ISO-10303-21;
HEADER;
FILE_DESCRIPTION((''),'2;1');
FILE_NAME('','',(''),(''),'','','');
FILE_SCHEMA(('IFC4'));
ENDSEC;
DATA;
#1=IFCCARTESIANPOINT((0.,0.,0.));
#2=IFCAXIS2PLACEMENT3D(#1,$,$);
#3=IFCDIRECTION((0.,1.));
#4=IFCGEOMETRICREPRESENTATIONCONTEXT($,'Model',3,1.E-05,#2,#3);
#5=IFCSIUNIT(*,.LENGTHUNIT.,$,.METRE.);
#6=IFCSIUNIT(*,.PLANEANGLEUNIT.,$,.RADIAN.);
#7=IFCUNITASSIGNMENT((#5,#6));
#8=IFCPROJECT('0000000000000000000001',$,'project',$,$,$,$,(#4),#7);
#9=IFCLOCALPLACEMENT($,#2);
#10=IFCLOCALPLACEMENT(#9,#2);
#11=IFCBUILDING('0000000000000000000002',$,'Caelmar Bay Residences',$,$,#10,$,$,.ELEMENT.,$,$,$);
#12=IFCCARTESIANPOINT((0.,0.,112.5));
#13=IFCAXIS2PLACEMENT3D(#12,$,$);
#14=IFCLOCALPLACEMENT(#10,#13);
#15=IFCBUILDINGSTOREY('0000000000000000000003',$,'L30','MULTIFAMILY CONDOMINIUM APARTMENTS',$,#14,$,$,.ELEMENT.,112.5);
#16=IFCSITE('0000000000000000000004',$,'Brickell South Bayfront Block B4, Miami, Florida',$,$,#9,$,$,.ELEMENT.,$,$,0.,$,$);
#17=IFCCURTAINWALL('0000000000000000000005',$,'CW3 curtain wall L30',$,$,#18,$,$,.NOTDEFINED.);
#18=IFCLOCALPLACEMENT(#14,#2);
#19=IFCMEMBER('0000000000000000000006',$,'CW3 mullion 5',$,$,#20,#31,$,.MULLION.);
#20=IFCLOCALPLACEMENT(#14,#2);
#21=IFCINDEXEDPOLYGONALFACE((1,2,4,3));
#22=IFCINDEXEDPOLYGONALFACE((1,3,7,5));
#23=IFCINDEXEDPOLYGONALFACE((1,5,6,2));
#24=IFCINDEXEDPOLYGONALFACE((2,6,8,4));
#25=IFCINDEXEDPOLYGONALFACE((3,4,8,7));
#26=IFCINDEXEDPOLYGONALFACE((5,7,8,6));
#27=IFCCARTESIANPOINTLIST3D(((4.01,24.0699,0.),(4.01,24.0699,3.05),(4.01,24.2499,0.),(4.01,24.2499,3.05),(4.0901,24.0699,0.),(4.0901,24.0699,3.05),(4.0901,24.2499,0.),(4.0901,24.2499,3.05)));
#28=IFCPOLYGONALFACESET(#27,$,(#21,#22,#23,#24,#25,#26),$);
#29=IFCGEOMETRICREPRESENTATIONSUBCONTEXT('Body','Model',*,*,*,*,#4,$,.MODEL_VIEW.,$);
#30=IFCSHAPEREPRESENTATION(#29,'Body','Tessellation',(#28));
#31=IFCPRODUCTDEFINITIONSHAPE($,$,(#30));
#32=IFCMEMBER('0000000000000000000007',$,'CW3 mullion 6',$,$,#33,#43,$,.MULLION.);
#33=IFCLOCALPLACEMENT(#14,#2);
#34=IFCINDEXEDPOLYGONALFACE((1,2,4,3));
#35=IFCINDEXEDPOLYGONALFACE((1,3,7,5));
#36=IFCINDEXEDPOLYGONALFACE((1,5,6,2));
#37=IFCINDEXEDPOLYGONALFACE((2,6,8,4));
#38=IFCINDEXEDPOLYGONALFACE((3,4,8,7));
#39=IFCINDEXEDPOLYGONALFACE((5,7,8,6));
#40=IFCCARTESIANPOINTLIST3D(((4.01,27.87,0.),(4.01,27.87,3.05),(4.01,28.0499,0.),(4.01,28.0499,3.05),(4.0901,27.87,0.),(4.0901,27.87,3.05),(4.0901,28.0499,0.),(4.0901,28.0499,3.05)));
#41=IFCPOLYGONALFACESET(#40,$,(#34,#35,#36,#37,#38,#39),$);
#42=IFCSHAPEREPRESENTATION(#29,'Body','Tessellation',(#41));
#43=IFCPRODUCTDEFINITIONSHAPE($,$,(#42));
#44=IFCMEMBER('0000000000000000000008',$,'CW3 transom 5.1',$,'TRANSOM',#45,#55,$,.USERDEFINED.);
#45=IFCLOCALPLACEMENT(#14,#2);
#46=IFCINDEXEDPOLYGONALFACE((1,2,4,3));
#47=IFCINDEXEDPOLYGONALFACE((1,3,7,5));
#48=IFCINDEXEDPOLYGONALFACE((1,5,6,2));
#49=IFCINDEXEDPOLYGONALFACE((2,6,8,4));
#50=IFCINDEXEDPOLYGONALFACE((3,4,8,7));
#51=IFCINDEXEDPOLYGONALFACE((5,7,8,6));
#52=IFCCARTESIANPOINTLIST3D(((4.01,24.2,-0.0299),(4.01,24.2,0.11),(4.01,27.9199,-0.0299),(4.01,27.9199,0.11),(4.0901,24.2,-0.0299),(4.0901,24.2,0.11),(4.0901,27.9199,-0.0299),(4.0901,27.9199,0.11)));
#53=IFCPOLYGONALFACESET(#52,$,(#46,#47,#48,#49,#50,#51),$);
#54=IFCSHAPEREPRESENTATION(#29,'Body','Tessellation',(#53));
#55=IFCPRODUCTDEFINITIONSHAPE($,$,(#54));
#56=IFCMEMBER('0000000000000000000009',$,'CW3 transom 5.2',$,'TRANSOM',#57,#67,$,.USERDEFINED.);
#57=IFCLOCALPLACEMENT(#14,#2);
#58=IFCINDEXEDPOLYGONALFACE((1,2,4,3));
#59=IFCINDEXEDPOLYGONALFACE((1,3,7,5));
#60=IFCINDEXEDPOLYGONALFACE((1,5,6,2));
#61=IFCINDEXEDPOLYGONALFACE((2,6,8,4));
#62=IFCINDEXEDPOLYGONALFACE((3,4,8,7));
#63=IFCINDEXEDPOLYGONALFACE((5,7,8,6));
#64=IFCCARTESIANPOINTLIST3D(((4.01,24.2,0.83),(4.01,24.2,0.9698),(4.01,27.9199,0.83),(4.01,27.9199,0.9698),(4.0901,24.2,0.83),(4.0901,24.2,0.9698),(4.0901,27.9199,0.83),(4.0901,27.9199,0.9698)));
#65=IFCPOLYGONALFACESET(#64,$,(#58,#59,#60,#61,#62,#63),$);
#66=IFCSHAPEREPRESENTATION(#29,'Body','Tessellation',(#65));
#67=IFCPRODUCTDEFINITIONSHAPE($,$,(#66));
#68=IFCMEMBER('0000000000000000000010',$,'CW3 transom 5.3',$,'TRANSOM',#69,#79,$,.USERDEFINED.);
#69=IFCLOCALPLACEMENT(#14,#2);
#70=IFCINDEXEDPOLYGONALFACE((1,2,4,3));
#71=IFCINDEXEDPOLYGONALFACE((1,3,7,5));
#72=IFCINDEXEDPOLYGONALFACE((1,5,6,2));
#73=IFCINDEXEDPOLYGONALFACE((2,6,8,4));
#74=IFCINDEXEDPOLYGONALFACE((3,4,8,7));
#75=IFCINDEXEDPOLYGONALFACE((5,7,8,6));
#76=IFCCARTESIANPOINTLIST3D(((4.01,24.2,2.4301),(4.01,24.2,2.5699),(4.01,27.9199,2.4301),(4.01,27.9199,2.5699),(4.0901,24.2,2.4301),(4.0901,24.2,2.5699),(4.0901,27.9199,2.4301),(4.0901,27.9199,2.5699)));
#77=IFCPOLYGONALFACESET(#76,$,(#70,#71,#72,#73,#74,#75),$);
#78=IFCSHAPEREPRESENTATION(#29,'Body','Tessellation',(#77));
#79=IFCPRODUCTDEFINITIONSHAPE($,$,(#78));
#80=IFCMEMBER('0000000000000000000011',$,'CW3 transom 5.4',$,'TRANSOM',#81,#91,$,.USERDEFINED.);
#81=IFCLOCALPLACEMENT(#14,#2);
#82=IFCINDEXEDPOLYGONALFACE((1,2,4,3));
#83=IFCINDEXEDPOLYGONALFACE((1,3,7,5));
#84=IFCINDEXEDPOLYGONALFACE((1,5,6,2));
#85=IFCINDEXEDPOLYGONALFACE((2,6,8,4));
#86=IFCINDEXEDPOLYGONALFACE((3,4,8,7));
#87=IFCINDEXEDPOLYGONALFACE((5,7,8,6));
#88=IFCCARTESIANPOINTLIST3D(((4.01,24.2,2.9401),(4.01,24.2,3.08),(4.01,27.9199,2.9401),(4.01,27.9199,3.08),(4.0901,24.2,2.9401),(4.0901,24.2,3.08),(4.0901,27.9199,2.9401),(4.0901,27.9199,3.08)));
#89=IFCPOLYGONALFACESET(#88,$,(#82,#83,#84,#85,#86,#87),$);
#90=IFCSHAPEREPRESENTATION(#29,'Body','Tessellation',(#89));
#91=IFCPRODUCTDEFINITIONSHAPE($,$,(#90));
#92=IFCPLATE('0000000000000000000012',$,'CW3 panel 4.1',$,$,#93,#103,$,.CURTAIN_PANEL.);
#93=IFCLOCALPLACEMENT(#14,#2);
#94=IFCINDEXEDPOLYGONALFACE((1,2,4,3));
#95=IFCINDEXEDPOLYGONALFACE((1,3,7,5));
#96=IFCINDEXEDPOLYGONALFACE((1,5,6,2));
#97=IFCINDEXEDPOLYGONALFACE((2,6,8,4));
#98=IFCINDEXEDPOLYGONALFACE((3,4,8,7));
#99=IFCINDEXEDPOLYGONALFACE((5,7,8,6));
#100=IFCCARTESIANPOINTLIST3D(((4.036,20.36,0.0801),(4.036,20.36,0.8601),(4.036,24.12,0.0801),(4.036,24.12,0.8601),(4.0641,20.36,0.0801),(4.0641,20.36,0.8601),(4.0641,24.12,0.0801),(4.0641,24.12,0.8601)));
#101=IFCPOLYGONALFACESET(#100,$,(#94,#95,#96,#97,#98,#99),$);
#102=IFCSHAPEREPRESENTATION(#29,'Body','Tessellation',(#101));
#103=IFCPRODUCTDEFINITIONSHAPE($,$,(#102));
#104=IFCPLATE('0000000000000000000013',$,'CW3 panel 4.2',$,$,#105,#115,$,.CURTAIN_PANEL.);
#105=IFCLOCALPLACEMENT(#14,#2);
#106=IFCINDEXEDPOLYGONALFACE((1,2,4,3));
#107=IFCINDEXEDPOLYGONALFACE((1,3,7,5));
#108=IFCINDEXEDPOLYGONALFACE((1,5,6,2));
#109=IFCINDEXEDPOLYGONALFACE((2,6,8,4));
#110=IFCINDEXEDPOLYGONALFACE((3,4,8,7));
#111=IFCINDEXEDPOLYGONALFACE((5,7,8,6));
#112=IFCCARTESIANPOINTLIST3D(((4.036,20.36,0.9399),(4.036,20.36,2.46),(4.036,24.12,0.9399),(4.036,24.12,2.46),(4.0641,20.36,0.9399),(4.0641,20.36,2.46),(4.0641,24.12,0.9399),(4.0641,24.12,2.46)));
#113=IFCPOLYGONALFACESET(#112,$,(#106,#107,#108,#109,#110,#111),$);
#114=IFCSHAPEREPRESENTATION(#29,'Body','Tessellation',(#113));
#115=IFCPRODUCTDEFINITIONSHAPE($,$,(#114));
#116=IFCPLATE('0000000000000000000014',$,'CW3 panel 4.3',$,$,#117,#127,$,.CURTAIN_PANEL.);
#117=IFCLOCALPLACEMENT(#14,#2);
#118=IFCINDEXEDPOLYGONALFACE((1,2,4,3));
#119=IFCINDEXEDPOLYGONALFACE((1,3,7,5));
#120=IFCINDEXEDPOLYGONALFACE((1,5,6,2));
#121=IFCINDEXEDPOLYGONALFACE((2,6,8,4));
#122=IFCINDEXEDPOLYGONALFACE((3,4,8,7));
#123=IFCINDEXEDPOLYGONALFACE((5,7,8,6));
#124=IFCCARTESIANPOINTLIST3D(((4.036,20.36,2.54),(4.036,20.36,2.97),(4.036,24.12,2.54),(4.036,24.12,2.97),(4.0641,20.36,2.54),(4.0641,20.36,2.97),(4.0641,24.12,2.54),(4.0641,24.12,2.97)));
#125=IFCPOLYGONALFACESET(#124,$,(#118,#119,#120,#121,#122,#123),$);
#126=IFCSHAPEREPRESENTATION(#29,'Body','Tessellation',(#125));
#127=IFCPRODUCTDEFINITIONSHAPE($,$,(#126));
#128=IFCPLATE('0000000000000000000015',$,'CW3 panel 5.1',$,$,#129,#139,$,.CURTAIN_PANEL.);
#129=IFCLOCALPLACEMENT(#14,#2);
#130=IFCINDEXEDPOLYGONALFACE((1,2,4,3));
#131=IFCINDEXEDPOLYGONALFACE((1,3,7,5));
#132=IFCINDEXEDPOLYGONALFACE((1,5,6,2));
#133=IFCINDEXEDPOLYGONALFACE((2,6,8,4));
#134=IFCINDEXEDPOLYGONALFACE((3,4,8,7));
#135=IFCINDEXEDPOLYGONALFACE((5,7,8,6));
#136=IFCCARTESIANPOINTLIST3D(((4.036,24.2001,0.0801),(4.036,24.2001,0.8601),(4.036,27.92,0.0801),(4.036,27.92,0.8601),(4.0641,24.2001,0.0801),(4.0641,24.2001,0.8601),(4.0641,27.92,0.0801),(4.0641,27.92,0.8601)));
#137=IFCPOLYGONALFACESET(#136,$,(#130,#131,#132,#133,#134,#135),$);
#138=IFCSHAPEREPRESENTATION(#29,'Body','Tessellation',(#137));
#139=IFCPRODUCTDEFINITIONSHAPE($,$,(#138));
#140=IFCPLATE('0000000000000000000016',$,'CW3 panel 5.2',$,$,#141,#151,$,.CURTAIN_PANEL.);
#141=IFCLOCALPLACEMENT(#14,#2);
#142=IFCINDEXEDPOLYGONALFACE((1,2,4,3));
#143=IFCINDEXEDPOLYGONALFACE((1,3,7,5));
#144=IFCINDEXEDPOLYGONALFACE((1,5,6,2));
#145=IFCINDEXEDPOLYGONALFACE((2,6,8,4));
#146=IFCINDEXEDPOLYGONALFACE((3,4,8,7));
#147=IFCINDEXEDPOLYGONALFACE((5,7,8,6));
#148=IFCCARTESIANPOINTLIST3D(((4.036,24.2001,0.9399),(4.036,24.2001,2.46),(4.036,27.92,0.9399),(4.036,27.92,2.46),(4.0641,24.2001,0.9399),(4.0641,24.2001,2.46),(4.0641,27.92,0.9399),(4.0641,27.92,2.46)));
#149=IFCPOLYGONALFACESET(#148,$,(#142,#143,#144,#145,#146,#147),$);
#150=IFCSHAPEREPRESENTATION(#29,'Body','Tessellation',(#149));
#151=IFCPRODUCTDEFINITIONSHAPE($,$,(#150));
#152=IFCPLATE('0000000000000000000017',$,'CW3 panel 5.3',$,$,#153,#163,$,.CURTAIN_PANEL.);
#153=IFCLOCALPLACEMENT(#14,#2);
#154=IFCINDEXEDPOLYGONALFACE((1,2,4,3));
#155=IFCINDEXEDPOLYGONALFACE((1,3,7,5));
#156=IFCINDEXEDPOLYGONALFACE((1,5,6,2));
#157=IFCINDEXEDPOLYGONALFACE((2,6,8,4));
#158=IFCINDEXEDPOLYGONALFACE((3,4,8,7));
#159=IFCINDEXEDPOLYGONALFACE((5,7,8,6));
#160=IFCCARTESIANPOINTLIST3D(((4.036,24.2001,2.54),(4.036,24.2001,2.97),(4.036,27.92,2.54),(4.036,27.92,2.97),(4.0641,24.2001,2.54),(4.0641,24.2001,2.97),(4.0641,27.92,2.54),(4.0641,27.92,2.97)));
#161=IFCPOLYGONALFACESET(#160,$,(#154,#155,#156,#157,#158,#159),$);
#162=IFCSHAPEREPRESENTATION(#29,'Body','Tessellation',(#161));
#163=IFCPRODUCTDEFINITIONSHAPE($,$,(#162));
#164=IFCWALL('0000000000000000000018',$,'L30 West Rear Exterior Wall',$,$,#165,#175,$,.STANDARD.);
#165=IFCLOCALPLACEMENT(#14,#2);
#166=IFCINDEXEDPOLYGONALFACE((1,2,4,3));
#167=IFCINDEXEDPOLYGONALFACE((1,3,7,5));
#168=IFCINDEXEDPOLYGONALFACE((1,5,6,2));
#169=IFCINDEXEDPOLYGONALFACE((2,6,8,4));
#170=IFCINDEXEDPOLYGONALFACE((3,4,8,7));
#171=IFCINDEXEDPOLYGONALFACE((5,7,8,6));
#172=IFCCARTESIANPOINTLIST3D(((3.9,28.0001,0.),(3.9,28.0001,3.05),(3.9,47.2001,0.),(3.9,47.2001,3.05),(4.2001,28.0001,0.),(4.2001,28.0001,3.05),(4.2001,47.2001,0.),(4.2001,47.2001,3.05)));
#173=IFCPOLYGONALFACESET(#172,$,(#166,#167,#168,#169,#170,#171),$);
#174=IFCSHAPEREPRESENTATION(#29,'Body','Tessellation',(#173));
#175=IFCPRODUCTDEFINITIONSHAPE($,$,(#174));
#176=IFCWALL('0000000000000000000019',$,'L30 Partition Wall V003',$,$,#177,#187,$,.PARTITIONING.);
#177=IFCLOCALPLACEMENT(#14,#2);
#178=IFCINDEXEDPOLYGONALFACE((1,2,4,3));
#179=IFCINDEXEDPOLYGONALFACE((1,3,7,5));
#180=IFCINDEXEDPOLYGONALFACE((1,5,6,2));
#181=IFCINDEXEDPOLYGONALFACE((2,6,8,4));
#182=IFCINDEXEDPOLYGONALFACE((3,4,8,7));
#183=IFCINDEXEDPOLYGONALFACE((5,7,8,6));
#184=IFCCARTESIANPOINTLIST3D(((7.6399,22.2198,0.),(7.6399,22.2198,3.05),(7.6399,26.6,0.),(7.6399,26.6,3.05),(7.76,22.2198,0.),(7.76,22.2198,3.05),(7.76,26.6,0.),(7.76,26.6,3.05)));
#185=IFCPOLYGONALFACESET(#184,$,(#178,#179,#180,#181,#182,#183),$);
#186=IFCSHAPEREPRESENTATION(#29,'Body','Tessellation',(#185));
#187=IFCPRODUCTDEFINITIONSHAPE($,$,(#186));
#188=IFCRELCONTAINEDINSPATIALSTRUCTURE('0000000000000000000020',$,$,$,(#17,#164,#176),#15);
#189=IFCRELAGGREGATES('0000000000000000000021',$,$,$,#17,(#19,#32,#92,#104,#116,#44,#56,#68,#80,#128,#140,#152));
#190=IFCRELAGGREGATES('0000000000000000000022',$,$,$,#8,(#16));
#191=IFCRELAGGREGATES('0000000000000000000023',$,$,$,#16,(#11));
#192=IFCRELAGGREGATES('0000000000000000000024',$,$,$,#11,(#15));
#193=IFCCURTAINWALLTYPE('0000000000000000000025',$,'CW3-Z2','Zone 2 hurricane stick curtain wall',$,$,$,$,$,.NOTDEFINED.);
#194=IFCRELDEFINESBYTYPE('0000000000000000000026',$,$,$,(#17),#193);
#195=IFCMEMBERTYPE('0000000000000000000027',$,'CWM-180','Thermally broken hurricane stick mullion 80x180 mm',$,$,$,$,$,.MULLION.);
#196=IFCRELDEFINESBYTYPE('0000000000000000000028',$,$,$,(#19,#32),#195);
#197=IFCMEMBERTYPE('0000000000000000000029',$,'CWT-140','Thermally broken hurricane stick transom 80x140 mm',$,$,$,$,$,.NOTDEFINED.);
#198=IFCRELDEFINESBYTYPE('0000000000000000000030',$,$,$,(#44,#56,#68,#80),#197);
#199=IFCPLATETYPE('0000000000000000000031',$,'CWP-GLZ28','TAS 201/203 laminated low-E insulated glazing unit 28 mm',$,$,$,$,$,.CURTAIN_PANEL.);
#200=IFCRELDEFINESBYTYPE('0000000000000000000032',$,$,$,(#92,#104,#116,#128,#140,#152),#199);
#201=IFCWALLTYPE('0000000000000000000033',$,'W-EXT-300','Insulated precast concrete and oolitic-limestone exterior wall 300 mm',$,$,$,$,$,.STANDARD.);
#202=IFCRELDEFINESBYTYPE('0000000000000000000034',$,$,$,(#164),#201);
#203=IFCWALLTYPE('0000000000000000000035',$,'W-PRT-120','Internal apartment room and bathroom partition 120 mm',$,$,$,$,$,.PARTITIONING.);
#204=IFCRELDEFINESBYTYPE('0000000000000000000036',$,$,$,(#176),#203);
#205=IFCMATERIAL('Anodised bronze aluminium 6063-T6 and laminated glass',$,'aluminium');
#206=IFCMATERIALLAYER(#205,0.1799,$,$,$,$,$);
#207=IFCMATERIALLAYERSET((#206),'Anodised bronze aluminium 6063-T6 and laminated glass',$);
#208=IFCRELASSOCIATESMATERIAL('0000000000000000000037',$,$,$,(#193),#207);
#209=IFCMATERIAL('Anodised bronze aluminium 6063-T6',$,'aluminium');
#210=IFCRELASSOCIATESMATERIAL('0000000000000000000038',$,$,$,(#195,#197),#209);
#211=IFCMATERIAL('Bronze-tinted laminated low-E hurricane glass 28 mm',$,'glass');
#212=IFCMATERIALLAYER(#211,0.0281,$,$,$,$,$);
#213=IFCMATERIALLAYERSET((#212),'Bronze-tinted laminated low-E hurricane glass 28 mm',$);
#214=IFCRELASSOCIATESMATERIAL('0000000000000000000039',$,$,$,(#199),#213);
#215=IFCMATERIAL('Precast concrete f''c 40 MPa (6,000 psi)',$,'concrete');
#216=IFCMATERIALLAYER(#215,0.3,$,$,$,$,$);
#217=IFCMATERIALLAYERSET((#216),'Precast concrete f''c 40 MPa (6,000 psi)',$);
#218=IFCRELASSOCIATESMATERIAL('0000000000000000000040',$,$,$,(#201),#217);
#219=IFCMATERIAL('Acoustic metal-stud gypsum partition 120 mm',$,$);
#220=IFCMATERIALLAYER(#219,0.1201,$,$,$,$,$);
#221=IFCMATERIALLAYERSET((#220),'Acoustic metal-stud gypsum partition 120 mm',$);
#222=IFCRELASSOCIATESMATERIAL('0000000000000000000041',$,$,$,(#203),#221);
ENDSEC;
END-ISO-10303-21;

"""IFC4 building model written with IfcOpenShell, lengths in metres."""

from ifc_helpers import new_model, si_unit, direction, frame, frame_2d, origin, origin_2d, place, context, subcontext, project, spatial, rectangle, extrude, material, layer, layer_set, material_profile, profile_set, type_object, element, aggregate, save


model = new_model("IFC4")

# Units and contexts
model_context = context("Model", 3, precision=1e-05, world=origin(), true_north=direction((0.0, 1.0)))
body_context = subcontext(model_context, "Body", "Model", "MODEL_VIEW")
ifc_project = project(units=[si_unit("LENGTHUNIT", "METRE"), si_unit("PLANEANGLEUNIT", "RADIAN")], contexts=[model_context])

# Site, building, storey
site_placement = place(None, origin())
site = spatial("IfcSite", under=ifc_project, at=site_placement, Name="Brickell South Bayfront Block B4, Miami, Florida", CompositionType="ELEMENT", RefElevation=0.0)
building_placement = place(site_placement, origin())
building = spatial("IfcBuilding", under=site, at=building_placement, Name="Caelmar Bay Residences", CompositionType="ELEMENT")
storey_placement = place(building_placement, frame((0.0, 0.0, 112.5)))
storey = spatial("IfcBuildingStorey", under=building, at=storey_placement, Name="L30", Description="MULTIFAMILY CONDOMINIUM APARTMENTS", CompositionType="ELEMENT", Elevation=112.5)

# Curtain wall, members, plates
ifc_material_1 = material(Name="Anodised bronze aluminium 6063-T6 and laminated glass", Category="aluminium")
ifc_layer_1 = layer(ifc_material_1, 0.1799)
ifc_layer_set_1 = layer_set([ifc_layer_1], Name="Anodised bronze aluminium 6063-T6 and laminated glass")
curtain_wall_type = type_object("IfcCurtainWallType", Name="CW3-Z2", Description="Zone 2 hurricane stick curtain wall", PredefinedType="NOTDEFINED", material=ifc_layer_set_1)
curtain_wall_placement = place(storey_placement, origin())
curtain_wall = element("IfcCurtainWall", 1, at=curtain_wall_placement, inside=storey, type_object=curtain_wall_type, Name="CW3 curtain wall L30", PredefinedType="NOTDEFINED")
ifc_material_2 = material(Name="Anodised bronze aluminium 6063-T6", Category="aluminium")
ifc_material_profile_1 = material_profile(ifc_material_2, rectangle(XDim=0.0801, YDim=0.1799, at=origin_2d()), Name="CWM-80X180")
ifc_profile_set_1 = profile_set([ifc_material_profile_1], Name="Anodised bronze aluminium 6063-T6")
member_type_1 = type_object("IfcMemberType", Name="CWM-180", Description="Thermally broken hurricane stick mullion 80x180 mm", PredefinedType="MULLION", material=ifc_profile_set_1)
member_1_placement = place(storey_placement, frame((4.05, 24.1599, 0.0), z_axis=(0.0, 0.0, 1.0), x_axis=(-1.0, 0.0, 0.0)))
member_1 = element("IfcMember", 2, at=member_1_placement, type_object=member_type_1, Name="CW3 mullion 5", PredefinedType="MULLION", context=body_context, shape_type="SweptSolid", body=[
    extrude(rectangle(XDim=0.0801, YDim=0.1799, at=origin_2d()), origin(), (0.0, 0.0, 1.0), 3.05),
])
member_2_placement = place(storey_placement, frame((4.05, 27.96, 0.0), z_axis=(0.0, 0.0, 1.0), x_axis=(-1.0, 0.0, 0.0)))
member_2 = element("IfcMember", 3, at=member_2_placement, type_object=member_type_1, Name="CW3 mullion 6", PredefinedType="MULLION", context=body_context, shape_type="SweptSolid", body=[
    extrude(rectangle(XDim=0.0801, YDim=0.1799, at=origin_2d()), origin(), (0.0, 0.0, 1.0), 3.05),
])
ifc_material_profile_2 = material_profile(ifc_material_2, rectangle(XDim=0.0801, YDim=0.1399, at=origin_2d()), Name="CWT-80X140")
ifc_profile_set_2 = profile_set([ifc_material_profile_2], Name="Anodised bronze aluminium 6063-T6")
member_type_2 = type_object("IfcMemberType", Name="CWT-140", Description="Thermally broken hurricane stick transom 80x140 mm", PredefinedType="NOTDEFINED", material=ifc_profile_set_2)
member_3_placement = place(storey_placement, frame((4.05, 24.2, 0.04), z_axis=(0.0, 1.0, 0.0), x_axis=(-1.0, 0.0, 0.0)))
member_3 = element("IfcMember", 4, at=member_3_placement, type_object=member_type_2, Name="CW3 transom 5.1", ObjectType="TRANSOM", PredefinedType="USERDEFINED", context=body_context, shape_type="SweptSolid", body=[
    extrude(rectangle(XDim=0.0801, YDim=0.1399, at=origin_2d()), origin(), (0.0, 0.0, 1.0), 3.72),
])
member_4_placement = place(storey_placement, frame((4.05, 24.2, 0.8999), z_axis=(0.0, 1.0, 0.0), x_axis=(-1.0, 0.0, 0.0)))
member_4 = element("IfcMember", 5, at=member_4_placement, type_object=member_type_2, Name="CW3 transom 5.2", ObjectType="TRANSOM", PredefinedType="USERDEFINED", context=body_context, shape_type="SweptSolid", body=[
    extrude(rectangle(XDim=0.0801, YDim=0.1399, at=origin_2d()), origin(), (0.0, 0.0, 1.0), 3.72),
])
member_5_placement = place(storey_placement, frame((4.05, 24.2, 2.5), z_axis=(0.0, 1.0, 0.0), x_axis=(-1.0, 0.0, 0.0)))
member_5 = element("IfcMember", 6, at=member_5_placement, type_object=member_type_2, Name="CW3 transom 5.3", ObjectType="TRANSOM", PredefinedType="USERDEFINED", context=body_context, shape_type="SweptSolid", body=[
    extrude(rectangle(XDim=0.0801, YDim=0.1399, at=origin_2d()), origin(), (0.0, 0.0, 1.0), 3.72),
])
member_6_placement = place(storey_placement, frame((4.05, 24.2, 3.01), z_axis=(0.0, 1.0, 0.0), x_axis=(-1.0, 0.0, 0.0)))
member_6 = element("IfcMember", 7, at=member_6_placement, type_object=member_type_2, Name="CW3 transom 5.4", ObjectType="TRANSOM", PredefinedType="USERDEFINED", context=body_context, shape_type="SweptSolid", body=[
    extrude(rectangle(XDim=0.0801, YDim=0.1399, at=origin_2d()), origin(), (0.0, 0.0, 1.0), 3.72),
])
ifc_material_3 = material(Name="Bronze-tinted laminated low-E hurricane glass 28 mm", Category="glass")
ifc_layer_2 = layer(ifc_material_3, 0.0281)
ifc_layer_set_2 = layer_set([ifc_layer_2], Name="Bronze-tinted laminated low-E hurricane glass 28 mm")
plate_type = type_object("IfcPlateType", Name="CWP-GLZ28", Description="TAS 201/203 laminated low-E insulated glazing unit 28 mm", PredefinedType="CURTAIN_PANEL", material=ifc_layer_set_2)
plate_1_placement = place(storey_placement, frame((4.05, 22.24, 0.0801), z_axis=(0.0, 0.0, 1.0), x_axis=(0.0, 1.0, 0.0)))
plate_1 = element("IfcPlate", 8, at=plate_1_placement, type_object=plate_type, Name="CW3 panel 4.1", PredefinedType="CURTAIN_PANEL", context=body_context, shape_type="SweptSolid", body=[
    extrude(rectangle(XDim=3.76, YDim=0.0281, at=origin_2d()), origin(), (0.0, 0.0, 1.0), 0.78),
])
plate_2_placement = place(storey_placement, frame((4.05, 22.24, 0.9399), z_axis=(0.0, 0.0, 1.0), x_axis=(0.0, 1.0, 0.0)))
plate_2 = element("IfcPlate", 9, at=plate_2_placement, type_object=plate_type, Name="CW3 panel 4.2", PredefinedType="CURTAIN_PANEL", context=body_context, shape_type="SweptSolid", body=[
    extrude(rectangle(XDim=3.76, YDim=0.0281, at=origin_2d()), origin(), (0.0, 0.0, 1.0), 1.52),
])
plate_3_placement = place(storey_placement, frame((4.05, 22.24, 2.54), z_axis=(0.0, 0.0, 1.0), x_axis=(0.0, 1.0, 0.0)))
plate_3 = element("IfcPlate", 10, at=plate_3_placement, type_object=plate_type, Name="CW3 panel 4.3", PredefinedType="CURTAIN_PANEL", context=body_context, shape_type="SweptSolid", body=[
    extrude(rectangle(XDim=3.76, YDim=0.0281, at=origin_2d()), origin(), (0.0, 0.0, 1.0), 0.4299),
])
plate_4_placement = place(storey_placement, frame((4.05, 26.0601, 0.0801), z_axis=(0.0, 0.0, 1.0), x_axis=(0.0, 1.0, 0.0)))
plate_4 = element("IfcPlate", 11, at=plate_4_placement, type_object=plate_type, Name="CW3 panel 5.1", PredefinedType="CURTAIN_PANEL", context=body_context, shape_type="SweptSolid", body=[
    extrude(rectangle(XDim=3.72, YDim=0.0281, at=origin_2d()), origin(), (0.0, 0.0, 1.0), 0.78),
])
plate_5_placement = place(storey_placement, frame((4.05, 26.0601, 0.9399), z_axis=(0.0, 0.0, 1.0), x_axis=(0.0, 1.0, 0.0)))
plate_5 = element("IfcPlate", 12, at=plate_5_placement, type_object=plate_type, Name="CW3 panel 5.2", PredefinedType="CURTAIN_PANEL", context=body_context, shape_type="SweptSolid", body=[
    extrude(rectangle(XDim=3.72, YDim=0.0281, at=origin_2d()), origin(), (0.0, 0.0, 1.0), 1.52),
])
plate_6_placement = place(storey_placement, frame((4.05, 26.0601, 2.54), z_axis=(0.0, 0.0, 1.0), x_axis=(0.0, 1.0, 0.0)))
plate_6 = element("IfcPlate", 13, at=plate_6_placement, type_object=plate_type, Name="CW3 panel 5.3", PredefinedType="CURTAIN_PANEL", context=body_context, shape_type="SweptSolid", body=[
    extrude(rectangle(XDim=3.72, YDim=0.0281, at=origin_2d()), origin(), (0.0, 0.0, 1.0), 0.4299),
])
aggregate(curtain_wall, [member_1, member_2, plate_1, plate_2, plate_3, member_3, member_4, member_5, member_6, plate_4, plate_5, plate_6])

# Walls
ifc_material_4 = material(Name="Precast concrete f'c 40 MPa (6,000 psi)", Category="concrete")
ifc_layer_3 = layer(ifc_material_4, 0.3)
ifc_layer_set_3 = layer_set([ifc_layer_3], Name="Precast concrete f'c 40 MPa (6,000 psi)")
wall_type_1 = type_object("IfcWallType", Name="W-EXT-300", Description="Insulated precast concrete and oolitic-limestone exterior wall 300 mm", PredefinedType="STANDARD", material=ifc_layer_set_3)
wall_1_placement = place(storey_placement, frame((4.05, 28.0, 0.0), z_axis=(0.0, 0.0, 1.0), x_axis=(0.0, 1.0, 0.0)))
element("IfcWall", 14, at=wall_1_placement, inside=storey, type_object=wall_type_1, Name="L30 West Rear Exterior Wall", PredefinedType="STANDARD", context=body_context, shape_type="SweptSolid", body=[
    extrude(rectangle(XDim=19.2, YDim=0.3, at=frame_2d((9.6001, 0.0))), origin(), (0.0, 0.0, 1.0), 3.05),
])
ifc_material_5 = material(Name="Acoustic metal-stud gypsum partition 120 mm")
ifc_layer_4 = layer(ifc_material_5, 0.1201)
ifc_layer_set_4 = layer_set([ifc_layer_4], Name="Acoustic metal-stud gypsum partition 120 mm")
wall_type_2 = type_object("IfcWallType", Name="W-PRT-120", Description="Internal apartment room and bathroom partition 120 mm", PredefinedType="PARTITIONING", material=ifc_layer_set_4)
wall_2_placement = place(storey_placement, frame((7.7, 22.22, 0.0), z_axis=(0.0, 0.0, 1.0), x_axis=(0.0, 1.0, 0.0)))
element("IfcWall", 15, at=wall_2_placement, inside=storey, type_object=wall_type_2, Name="L30 Partition Wall V003", PredefinedType="PARTITIONING", context=body_context, shape_type="SweptSolid", body=[
    extrude(rectangle(XDim=4.3801, YDim=0.1201, at=frame_2d((2.1899, 0.0))), origin(), (0.0, 0.0, 1.0), 3.05),
])

save(model, "model.ifc")
